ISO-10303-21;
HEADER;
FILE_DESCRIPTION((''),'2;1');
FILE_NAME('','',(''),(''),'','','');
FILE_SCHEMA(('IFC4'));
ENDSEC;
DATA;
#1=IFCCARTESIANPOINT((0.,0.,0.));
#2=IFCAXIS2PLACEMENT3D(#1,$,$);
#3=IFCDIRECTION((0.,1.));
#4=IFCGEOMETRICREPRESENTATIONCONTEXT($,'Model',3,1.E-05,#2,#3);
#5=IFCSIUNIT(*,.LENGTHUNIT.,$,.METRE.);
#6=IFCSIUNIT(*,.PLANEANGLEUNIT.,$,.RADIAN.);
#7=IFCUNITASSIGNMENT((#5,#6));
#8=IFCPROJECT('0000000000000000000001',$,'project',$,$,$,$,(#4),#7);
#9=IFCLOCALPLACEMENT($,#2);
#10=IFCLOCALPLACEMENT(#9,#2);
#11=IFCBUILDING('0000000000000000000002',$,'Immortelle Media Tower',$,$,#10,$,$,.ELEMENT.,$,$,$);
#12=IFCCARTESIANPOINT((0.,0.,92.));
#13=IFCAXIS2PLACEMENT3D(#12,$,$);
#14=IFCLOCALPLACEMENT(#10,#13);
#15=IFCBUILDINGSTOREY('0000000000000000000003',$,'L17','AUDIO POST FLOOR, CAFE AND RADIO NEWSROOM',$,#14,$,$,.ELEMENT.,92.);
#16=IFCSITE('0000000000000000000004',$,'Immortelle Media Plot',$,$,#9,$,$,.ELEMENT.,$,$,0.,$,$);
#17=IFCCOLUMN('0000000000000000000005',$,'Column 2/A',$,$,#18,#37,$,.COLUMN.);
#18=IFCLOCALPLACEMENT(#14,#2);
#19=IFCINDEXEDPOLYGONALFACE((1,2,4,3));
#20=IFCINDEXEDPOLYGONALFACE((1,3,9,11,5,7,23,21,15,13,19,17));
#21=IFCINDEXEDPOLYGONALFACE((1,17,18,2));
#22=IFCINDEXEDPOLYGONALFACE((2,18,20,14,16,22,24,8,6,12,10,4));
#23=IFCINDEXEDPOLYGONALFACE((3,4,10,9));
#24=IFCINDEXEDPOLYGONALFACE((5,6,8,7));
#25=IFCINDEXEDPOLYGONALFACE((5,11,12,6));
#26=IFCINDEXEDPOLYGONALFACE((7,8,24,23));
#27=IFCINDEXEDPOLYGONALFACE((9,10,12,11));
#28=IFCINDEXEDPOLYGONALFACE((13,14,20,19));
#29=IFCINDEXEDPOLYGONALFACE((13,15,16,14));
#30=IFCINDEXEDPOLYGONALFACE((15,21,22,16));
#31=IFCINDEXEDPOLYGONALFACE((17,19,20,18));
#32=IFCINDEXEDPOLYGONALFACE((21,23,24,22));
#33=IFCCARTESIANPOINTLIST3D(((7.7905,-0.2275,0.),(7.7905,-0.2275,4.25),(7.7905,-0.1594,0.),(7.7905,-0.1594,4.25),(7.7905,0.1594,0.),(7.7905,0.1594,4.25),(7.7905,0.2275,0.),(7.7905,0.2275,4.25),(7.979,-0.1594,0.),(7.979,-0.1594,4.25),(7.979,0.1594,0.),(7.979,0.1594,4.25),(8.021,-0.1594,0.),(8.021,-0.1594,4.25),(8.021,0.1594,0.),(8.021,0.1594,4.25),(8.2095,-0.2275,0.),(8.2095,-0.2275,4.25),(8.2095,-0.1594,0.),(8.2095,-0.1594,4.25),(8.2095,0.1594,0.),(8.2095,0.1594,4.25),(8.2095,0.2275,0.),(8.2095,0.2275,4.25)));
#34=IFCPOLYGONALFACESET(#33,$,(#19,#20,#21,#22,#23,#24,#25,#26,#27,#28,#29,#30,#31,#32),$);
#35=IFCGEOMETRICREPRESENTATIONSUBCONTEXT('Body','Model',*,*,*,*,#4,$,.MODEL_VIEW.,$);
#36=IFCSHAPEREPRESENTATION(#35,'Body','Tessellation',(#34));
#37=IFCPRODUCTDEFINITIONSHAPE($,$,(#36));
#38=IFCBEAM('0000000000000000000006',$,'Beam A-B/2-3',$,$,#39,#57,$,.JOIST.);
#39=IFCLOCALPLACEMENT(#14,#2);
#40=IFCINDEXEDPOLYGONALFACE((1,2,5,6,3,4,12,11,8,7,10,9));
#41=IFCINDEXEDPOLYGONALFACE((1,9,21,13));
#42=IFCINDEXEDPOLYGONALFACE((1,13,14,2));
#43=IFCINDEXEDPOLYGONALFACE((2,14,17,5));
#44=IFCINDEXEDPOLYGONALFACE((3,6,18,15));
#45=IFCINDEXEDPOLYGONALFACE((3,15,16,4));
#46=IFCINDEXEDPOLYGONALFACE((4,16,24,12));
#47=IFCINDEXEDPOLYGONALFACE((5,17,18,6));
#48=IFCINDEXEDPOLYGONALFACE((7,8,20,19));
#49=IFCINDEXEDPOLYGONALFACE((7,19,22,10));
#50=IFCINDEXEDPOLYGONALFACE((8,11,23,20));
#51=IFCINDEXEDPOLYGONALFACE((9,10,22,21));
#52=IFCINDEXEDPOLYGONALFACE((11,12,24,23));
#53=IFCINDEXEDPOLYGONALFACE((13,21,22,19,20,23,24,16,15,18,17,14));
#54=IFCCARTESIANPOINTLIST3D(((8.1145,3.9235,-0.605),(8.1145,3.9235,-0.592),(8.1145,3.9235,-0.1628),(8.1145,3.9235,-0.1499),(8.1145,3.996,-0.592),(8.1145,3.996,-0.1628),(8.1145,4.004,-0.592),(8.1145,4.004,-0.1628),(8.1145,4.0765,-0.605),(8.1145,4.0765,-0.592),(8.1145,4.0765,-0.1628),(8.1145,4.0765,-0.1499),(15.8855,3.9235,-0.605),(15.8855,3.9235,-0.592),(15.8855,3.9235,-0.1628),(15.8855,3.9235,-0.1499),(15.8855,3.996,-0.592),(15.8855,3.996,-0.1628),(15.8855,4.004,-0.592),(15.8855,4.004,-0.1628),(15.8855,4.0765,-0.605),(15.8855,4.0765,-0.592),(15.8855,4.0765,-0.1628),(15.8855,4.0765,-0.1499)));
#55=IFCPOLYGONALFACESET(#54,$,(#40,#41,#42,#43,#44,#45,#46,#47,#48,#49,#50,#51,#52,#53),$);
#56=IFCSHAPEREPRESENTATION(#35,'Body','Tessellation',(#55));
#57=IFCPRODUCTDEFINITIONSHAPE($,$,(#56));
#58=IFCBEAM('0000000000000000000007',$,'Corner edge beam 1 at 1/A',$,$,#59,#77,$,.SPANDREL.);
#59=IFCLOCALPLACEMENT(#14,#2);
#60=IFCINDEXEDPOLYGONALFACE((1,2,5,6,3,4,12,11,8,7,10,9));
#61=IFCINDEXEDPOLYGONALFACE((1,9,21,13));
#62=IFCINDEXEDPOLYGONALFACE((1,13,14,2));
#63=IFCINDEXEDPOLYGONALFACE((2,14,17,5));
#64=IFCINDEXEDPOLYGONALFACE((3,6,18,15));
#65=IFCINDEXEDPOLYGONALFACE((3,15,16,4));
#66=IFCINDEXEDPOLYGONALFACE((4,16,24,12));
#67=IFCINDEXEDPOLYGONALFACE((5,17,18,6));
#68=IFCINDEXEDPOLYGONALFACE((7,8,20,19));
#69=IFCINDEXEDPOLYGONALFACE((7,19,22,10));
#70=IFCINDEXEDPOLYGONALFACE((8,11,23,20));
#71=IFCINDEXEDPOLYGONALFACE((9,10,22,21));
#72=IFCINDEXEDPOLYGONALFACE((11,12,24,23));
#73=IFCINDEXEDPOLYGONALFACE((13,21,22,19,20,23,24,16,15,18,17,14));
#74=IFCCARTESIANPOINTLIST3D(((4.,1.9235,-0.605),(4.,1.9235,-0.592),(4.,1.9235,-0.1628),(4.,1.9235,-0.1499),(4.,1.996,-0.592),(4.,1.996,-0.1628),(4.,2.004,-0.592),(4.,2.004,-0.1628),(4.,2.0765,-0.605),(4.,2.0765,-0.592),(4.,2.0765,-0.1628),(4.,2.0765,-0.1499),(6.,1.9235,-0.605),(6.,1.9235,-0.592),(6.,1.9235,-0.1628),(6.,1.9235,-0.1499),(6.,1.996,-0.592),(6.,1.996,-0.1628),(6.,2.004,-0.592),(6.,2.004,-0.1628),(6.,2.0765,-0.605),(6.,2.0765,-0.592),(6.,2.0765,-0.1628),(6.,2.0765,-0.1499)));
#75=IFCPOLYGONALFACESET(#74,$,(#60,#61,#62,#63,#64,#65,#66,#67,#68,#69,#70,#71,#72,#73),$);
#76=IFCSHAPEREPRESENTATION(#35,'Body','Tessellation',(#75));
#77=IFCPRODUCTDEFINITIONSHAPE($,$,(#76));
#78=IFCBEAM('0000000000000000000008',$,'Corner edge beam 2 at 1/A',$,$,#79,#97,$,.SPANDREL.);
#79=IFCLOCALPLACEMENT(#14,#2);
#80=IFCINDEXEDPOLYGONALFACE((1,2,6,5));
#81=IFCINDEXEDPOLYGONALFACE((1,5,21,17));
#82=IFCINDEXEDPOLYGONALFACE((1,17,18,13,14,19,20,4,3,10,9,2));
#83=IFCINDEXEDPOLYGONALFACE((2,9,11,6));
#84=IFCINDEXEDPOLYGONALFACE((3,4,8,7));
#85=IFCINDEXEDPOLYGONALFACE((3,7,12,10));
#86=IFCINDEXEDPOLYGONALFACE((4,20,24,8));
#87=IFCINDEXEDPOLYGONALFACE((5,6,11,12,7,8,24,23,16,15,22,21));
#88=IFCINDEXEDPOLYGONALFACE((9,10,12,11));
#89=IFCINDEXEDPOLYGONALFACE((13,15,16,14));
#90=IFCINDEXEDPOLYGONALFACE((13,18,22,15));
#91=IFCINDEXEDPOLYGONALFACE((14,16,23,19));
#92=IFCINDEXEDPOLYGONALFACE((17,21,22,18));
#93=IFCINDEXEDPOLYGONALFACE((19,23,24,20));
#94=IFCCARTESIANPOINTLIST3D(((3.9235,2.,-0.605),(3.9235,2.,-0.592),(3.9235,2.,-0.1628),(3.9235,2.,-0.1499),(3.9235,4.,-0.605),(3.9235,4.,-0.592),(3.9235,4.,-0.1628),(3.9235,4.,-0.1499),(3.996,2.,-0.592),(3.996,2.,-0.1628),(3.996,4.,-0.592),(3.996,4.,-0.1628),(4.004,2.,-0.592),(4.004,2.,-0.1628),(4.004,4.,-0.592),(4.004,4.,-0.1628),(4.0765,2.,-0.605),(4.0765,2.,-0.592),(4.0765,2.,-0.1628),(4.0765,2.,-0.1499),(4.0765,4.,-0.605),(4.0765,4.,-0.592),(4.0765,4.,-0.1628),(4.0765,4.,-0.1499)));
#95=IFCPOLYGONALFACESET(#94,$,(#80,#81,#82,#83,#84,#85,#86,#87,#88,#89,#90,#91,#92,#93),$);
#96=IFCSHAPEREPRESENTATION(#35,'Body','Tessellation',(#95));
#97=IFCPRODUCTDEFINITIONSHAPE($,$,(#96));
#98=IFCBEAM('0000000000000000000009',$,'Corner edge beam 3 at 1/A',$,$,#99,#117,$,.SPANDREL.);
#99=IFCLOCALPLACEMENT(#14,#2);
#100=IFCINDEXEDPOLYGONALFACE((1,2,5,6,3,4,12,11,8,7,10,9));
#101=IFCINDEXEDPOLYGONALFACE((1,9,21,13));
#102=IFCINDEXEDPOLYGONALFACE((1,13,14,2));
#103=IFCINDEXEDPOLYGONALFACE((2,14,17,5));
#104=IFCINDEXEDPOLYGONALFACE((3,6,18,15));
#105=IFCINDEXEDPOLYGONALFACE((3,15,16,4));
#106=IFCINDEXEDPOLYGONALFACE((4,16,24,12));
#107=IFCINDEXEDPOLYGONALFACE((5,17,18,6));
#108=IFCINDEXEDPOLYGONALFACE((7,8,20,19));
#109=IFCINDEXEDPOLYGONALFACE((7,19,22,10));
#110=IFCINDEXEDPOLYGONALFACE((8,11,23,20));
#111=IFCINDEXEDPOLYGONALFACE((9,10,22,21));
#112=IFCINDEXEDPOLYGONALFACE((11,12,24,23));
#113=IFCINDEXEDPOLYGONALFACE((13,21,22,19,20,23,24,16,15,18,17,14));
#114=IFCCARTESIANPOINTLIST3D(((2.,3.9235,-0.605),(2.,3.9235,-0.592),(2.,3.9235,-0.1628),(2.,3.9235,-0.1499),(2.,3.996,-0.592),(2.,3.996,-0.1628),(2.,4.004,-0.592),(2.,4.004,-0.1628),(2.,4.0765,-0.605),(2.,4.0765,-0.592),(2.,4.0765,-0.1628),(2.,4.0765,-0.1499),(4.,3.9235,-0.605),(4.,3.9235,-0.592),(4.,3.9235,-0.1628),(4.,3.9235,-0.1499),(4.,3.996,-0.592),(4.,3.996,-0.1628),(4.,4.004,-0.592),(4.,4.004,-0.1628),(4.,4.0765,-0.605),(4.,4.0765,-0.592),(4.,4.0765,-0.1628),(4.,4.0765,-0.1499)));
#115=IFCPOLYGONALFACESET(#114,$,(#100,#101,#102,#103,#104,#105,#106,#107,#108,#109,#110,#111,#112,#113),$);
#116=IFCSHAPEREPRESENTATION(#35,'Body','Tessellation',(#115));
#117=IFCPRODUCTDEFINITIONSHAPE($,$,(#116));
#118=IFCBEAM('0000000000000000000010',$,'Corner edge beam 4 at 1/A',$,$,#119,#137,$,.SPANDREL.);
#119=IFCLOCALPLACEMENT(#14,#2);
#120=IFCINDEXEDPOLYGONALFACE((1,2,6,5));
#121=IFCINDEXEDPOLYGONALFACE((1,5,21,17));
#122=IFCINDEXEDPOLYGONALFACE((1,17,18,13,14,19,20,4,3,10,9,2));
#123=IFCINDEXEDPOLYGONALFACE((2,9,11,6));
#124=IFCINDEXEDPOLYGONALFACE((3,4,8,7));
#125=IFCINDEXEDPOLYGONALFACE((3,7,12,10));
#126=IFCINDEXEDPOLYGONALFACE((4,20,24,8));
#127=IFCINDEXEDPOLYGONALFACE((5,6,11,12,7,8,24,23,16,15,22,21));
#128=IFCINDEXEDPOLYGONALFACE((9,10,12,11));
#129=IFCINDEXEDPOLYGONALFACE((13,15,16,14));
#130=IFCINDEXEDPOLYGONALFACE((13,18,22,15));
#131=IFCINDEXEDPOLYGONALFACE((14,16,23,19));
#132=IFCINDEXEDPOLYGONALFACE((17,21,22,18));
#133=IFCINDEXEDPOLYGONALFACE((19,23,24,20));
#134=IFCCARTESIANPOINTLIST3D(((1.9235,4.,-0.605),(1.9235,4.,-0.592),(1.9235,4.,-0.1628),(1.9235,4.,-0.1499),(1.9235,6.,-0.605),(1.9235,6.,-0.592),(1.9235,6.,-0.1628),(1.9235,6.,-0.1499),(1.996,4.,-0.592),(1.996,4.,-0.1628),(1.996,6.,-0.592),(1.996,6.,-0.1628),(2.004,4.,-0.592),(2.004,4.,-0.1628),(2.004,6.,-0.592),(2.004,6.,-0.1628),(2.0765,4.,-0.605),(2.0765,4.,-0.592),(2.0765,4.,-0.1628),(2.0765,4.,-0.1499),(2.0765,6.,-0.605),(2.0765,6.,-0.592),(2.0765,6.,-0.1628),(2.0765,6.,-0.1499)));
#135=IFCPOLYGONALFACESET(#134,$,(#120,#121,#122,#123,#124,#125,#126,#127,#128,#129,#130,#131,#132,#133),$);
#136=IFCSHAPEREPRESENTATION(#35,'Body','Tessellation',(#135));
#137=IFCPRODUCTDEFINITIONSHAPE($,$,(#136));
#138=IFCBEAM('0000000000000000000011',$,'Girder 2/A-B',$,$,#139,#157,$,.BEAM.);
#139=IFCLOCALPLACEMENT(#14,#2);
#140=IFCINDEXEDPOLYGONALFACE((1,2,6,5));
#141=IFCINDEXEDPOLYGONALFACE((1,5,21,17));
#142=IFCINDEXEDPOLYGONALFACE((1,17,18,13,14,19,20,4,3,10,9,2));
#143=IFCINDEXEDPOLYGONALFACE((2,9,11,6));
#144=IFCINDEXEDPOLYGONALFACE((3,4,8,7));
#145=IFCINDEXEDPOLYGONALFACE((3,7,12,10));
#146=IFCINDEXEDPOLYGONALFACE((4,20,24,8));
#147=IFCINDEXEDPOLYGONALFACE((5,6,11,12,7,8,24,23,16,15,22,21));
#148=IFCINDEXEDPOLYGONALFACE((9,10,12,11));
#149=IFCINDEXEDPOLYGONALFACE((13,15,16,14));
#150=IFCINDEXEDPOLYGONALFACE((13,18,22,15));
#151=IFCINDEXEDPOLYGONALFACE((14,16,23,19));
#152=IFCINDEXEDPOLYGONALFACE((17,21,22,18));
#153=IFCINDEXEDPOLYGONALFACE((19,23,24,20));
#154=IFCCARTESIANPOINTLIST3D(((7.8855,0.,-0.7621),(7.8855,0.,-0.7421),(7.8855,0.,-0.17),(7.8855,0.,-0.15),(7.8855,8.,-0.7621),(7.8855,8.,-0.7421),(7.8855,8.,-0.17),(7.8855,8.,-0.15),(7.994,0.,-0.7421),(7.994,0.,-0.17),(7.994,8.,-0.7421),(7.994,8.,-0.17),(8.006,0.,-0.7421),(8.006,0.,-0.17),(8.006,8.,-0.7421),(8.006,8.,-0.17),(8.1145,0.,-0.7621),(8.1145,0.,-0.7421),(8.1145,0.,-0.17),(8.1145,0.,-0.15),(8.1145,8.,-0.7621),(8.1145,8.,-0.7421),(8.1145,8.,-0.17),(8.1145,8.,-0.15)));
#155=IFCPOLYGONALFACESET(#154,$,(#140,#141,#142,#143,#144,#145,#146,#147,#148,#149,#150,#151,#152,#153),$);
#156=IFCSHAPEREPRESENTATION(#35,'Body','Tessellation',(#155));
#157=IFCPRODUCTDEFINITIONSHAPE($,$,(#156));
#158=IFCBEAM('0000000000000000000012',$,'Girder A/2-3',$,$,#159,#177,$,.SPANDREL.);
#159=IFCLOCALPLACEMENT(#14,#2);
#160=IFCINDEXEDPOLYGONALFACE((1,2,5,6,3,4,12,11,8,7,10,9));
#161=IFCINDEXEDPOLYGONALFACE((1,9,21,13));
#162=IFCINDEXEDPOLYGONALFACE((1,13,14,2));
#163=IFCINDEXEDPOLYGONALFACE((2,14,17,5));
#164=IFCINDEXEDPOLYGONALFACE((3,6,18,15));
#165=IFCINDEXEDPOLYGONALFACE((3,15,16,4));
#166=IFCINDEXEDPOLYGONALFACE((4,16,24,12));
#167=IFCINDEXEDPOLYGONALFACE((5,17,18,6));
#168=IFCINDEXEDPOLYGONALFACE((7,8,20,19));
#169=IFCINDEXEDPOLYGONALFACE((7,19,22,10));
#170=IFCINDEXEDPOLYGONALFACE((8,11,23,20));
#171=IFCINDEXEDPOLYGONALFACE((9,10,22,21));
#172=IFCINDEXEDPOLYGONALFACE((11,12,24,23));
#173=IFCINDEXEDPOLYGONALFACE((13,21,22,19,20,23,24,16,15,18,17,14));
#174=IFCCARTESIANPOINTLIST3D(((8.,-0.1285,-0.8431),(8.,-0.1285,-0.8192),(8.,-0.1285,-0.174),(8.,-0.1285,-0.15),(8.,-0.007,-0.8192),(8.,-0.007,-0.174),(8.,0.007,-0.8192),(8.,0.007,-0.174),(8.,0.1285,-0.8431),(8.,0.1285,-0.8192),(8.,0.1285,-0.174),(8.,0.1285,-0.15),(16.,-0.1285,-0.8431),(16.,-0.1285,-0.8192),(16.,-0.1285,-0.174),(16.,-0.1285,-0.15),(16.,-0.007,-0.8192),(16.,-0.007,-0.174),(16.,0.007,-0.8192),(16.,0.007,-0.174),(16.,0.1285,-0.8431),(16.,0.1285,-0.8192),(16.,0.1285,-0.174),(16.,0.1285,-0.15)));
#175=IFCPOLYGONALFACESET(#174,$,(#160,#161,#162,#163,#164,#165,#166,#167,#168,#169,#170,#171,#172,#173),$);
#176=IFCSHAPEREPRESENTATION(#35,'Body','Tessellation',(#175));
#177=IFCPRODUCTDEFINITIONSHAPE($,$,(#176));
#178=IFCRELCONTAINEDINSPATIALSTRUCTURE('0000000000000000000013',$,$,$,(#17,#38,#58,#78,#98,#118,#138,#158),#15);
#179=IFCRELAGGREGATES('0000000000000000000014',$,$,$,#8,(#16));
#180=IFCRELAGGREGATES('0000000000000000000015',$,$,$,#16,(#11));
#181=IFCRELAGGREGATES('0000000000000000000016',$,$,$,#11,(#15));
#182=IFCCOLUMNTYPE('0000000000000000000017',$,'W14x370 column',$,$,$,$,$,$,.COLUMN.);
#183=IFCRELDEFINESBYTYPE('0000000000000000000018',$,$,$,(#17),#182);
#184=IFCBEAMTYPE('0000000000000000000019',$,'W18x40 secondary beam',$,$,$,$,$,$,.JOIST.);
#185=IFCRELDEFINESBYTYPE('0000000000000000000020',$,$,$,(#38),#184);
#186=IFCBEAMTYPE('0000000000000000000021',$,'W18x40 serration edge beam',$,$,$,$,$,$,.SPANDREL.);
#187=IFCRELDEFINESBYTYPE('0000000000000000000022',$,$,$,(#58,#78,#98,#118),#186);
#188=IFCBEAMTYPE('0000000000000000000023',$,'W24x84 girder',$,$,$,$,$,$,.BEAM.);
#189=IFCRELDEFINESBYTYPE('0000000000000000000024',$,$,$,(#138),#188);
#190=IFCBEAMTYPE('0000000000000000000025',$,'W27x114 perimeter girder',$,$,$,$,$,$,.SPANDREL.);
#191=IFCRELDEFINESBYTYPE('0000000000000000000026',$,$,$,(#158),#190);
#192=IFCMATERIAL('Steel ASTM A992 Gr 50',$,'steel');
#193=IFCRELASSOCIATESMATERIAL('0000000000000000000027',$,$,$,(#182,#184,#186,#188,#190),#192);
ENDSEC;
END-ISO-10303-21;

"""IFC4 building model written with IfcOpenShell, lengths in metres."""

from ifc_helpers import new_model, si_unit, direction, frame, origin, origin_2d, place, context, subcontext, project, spatial, i_section, extrude, material, material_profile, profile_set, type_object, element, save


model = new_model("IFC4")

# Units and contexts
model_context = context("Model", 3, precision=1e-05, world=origin(), true_north=direction((0.0, 1.0)))
body_context = subcontext(model_context, "Body", "Model", "MODEL_VIEW")
ifc_project = project(units=[si_unit("LENGTHUNIT", "METRE"), si_unit("PLANEANGLEUNIT", "RADIAN")], contexts=[model_context])

# Site, building, storey
site_placement = place(None, origin())
site = spatial("IfcSite", under=ifc_project, at=site_placement, Name="Immortelle Media Plot", CompositionType="ELEMENT", RefElevation=0.0)
building_placement = place(site_placement, origin())
building = spatial("IfcBuilding", under=site, at=building_placement, Name="Immortelle Media Tower", CompositionType="ELEMENT")
storey_placement = place(building_placement, frame((0.0, 0.0, 92.0)))
storey = spatial("IfcBuildingStorey", under=building, at=storey_placement, Name="L17", Description="AUDIO POST FLOOR, CAFE AND RADIO NEWSROOM", CompositionType="ELEMENT", Elevation=92.0)

# Column
ifc_material_1 = material(Name="Steel ASTM A992 Gr 50", Category="steel")
ifc_material_profile_1 = material_profile(ifc_material_1, i_section(OverallWidth=0.4189, OverallDepth=0.4551, WebThickness=0.042, FlangeThickness=0.0681, at=origin_2d()), Name="W14x370")
ifc_profile_set_1 = profile_set([ifc_material_profile_1], Name="Steel ASTM A992 Gr 50")
column_type = type_object("IfcColumnType", Name="W14x370 column", PredefinedType="COLUMN", material=ifc_profile_set_1)
column_placement = place(storey_placement, frame((8.0, 0.0, 0.0), z_axis=(0.0, 0.0, 1.0), x_axis=(1.0, 0.0, 0.0)))
element("IfcColumn", 1, at=column_placement, inside=storey, type_object=column_type, Name="Column 2/A", PredefinedType="COLUMN", context=body_context, shape_type="SweptSolid", body=[
    extrude(i_section(OverallWidth=0.4189, OverallDepth=0.4551, WebThickness=0.042, FlangeThickness=0.0681, at=origin_2d()), origin(), (0.0, 0.0, 1.0), 4.25),
])

# Beams
ifc_material_profile_2 = material_profile(ifc_material_1, i_section(OverallWidth=0.1531, OverallDepth=0.4551, WebThickness=0.0081, FlangeThickness=0.0129, at=origin_2d()), Name="W18x40")
ifc_profile_set_2 = profile_set([ifc_material_profile_2], Name="Steel ASTM A992 Gr 50")
beam_type_1 = type_object("IfcBeamType", Name="W18x40 secondary beam", PredefinedType="JOIST", material=ifc_profile_set_2)
beam_1_placement = place(storey_placement, frame((8.1145, 4.0, -0.3774), z_axis=(1.0, 0.0, 0.0), x_axis=(0.0, 1.0, 0.0)))
element("IfcBeam", 2, at=beam_1_placement, inside=storey, type_object=beam_type_1, Name="Beam A-B/2-3", PredefinedType="JOIST", context=body_context, shape_type="SweptSolid", body=[
    extrude(i_section(OverallWidth=0.1531, OverallDepth=0.4551, WebThickness=0.0081, FlangeThickness=0.0129, at=origin_2d()), origin(), (0.0, 0.0, 1.0), 7.771),
])
ifc_material_profile_3 = material_profile(ifc_material_1, i_section(OverallWidth=0.1531, OverallDepth=0.4551, WebThickness=0.0081, FlangeThickness=0.0129, at=origin_2d()), Name="W18x40")
ifc_profile_set_3 = profile_set([ifc_material_profile_3], Name="Steel ASTM A992 Gr 50")
beam_type_2 = type_object("IfcBeamType", Name="W18x40 serration edge beam", PredefinedType="SPANDREL", material=ifc_profile_set_3)
for number, where, z_axis, x_axis, name in (
    (3, (6.0, 2.0, -0.3774), (-1.0, 0.0, 0.0), (0.0, -1.0, 0.0), "Corner edge beam 1 at 1/A"),
    (4, (4.0, 2.0, -0.3774), (0.0, 1.0, 0.0), (-1.0, 0.0, 0.0), "Corner edge beam 2 at 1/A"),
    (5, (4.0, 4.0, -0.3774), (-1.0, 0.0, 0.0), (0.0, -1.0, 0.0), "Corner edge beam 3 at 1/A"),
    (6, (2.0, 4.0, -0.3774), (0.0, 1.0, 0.0), (-1.0, 0.0, 0.0), "Corner edge beam 4 at 1/A"),
):
    element("IfcBeam", number, at=place(storey_placement, frame(where, z_axis=z_axis, x_axis=x_axis)), inside=storey, type_object=beam_type_2, Name=name, PredefinedType="SPANDREL", context=body_context, shape_type="SweptSolid", body=[
        extrude(i_section(OverallWidth=0.1531, OverallDepth=0.4551, WebThickness=0.0081, FlangeThickness=0.0129, at=origin_2d()), origin(), (0.0, 0.0, 1.0), 2.0),
    ])
ifc_material_profile_4 = material_profile(ifc_material_1, i_section(OverallWidth=0.229, OverallDepth=0.6121, WebThickness=0.012, FlangeThickness=0.02, at=origin_2d()), Name="W24x84")
ifc_profile_set_4 = profile_set([ifc_material_profile_4], Name="Steel ASTM A992 Gr 50")
beam_type_3 = type_object("IfcBeamType", Name="W24x84 girder", PredefinedType="BEAM", material=ifc_profile_set_4)
beam_2_placement = place(storey_placement, frame((8.0, 0.0, -0.4561), z_axis=(0.0, 1.0, 0.0), x_axis=(-1.0, 0.0, 0.0)))
element("IfcBeam", 7, at=beam_2_placement, inside=storey, type_object=beam_type_3, Name="Girder 2/A-B", PredefinedType="BEAM", context=body_context, shape_type="SweptSolid", body=[
    extrude(i_section(OverallWidth=0.229, OverallDepth=0.6121, WebThickness=0.012, FlangeThickness=0.02, at=origin_2d()), origin(), (0.0, 0.0, 1.0), 8.0),
])
ifc_material_profile_5 = material_profile(ifc_material_1, i_section(OverallWidth=0.2571, OverallDepth=0.6931, WebThickness=0.0139, FlangeThickness=0.0239, at=origin_2d()), Name="W27x114")
ifc_profile_set_5 = profile_set([ifc_material_profile_5], Name="Steel ASTM A992 Gr 50")
beam_type_4 = type_object("IfcBeamType", Name="W27x114 perimeter girder", PredefinedType="SPANDREL", material=ifc_profile_set_5)
beam_3_placement = place(storey_placement, frame((8.0, 0.0, -0.4966), z_axis=(1.0, 0.0, 0.0), x_axis=(0.0, 1.0, 0.0)))
element("IfcBeam", 8, at=beam_3_placement, inside=storey, type_object=beam_type_4, Name="Girder A/2-3", PredefinedType="SPANDREL", context=body_context, shape_type="SweptSolid", body=[
    extrude(i_section(OverallWidth=0.2571, OverallDepth=0.6931, WebThickness=0.0139, FlangeThickness=0.0239, at=origin_2d()), origin(), (0.0, 0.0, 1.0), 8.0),
])

save(model, "model.ifc")
